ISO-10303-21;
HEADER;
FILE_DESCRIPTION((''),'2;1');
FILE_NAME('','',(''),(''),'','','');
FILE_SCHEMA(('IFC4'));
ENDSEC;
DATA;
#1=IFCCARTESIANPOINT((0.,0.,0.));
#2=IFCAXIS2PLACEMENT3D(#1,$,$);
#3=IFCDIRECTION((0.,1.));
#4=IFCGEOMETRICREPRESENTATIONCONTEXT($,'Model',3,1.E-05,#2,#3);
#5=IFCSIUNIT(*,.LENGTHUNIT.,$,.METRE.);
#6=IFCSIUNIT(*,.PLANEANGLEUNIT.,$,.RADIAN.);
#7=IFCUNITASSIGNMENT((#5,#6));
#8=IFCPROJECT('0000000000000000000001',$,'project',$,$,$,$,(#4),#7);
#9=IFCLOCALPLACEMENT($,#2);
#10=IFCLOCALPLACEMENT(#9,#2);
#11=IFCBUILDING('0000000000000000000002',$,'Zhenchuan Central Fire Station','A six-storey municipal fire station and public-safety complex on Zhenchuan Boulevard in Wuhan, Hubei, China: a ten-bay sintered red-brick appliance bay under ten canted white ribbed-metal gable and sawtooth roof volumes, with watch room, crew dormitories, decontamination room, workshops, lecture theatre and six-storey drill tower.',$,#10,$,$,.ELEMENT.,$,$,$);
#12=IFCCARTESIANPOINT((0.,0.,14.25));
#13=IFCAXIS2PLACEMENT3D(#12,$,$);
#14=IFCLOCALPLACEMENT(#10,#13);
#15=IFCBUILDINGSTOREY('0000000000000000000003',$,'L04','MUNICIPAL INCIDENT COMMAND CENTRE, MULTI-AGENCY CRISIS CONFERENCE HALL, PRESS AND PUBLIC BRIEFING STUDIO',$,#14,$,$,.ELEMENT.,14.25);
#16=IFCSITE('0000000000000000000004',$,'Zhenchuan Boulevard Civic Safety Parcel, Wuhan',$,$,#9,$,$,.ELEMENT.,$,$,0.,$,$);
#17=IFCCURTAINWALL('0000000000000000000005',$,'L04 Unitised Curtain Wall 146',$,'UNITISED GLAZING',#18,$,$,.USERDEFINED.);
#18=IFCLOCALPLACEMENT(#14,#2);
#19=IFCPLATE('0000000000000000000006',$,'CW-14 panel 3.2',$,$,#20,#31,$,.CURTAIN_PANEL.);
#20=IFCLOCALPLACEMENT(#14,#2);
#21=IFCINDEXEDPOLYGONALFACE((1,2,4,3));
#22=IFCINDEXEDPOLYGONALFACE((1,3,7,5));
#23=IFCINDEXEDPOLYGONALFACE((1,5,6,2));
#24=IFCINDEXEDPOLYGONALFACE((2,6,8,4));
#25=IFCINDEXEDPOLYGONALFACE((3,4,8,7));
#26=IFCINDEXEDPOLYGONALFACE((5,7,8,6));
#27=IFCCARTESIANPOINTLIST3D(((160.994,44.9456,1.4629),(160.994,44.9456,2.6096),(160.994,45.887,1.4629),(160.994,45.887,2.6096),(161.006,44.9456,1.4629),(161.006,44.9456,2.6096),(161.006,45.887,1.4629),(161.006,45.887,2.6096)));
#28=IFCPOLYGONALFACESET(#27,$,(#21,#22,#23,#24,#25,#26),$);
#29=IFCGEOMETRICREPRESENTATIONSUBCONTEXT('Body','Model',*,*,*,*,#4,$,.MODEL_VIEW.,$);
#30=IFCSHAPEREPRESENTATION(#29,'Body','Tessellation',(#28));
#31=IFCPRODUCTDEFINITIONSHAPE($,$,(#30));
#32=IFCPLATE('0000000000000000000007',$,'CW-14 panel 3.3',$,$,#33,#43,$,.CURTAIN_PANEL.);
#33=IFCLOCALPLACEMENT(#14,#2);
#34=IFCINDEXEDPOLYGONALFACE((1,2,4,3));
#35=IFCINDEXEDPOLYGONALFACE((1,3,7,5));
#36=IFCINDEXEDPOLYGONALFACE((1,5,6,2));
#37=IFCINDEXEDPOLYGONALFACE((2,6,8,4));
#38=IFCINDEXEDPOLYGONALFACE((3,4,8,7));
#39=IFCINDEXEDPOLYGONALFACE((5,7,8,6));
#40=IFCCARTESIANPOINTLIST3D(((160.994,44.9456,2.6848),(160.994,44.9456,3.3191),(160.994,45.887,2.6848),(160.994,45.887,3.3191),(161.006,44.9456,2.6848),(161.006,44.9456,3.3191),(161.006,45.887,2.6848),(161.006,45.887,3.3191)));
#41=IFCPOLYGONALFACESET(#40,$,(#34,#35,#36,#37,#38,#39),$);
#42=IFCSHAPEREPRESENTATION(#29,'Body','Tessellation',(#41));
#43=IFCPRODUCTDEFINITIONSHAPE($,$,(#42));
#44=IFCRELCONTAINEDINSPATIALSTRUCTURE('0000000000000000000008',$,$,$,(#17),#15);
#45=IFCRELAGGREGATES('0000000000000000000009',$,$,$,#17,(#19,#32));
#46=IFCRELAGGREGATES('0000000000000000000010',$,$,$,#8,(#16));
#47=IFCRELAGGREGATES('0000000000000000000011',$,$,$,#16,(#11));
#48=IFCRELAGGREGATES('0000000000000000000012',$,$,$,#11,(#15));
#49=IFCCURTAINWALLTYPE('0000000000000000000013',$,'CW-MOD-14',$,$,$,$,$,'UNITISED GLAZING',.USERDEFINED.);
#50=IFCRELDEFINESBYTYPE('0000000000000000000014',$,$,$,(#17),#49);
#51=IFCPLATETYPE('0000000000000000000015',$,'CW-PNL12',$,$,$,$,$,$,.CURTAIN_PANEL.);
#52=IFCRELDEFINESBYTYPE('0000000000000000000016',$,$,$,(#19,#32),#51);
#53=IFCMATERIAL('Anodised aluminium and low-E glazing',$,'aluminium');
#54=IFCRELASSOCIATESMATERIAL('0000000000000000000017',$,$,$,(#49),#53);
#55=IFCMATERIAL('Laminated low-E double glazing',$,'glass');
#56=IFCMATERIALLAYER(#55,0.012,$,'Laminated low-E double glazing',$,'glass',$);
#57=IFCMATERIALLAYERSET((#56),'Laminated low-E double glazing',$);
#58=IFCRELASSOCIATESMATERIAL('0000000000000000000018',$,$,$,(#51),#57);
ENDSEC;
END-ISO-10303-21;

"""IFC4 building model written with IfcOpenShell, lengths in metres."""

from ifc_helpers import new_model, si_unit, direction, frame, origin, origin_2d, place, context, subcontext, project, spatial, rectangle, extrude, material, layer, layer_set, type_object, element, aggregate, save


model = new_model("IFC4")

# Units and contexts
model_context = context("Model", 3, precision=1e-05, world=origin(), true_north=direction((0.0, 1.0)))
body_context = subcontext(model_context, "Body", "Model", "MODEL_VIEW")
ifc_project = project(units=[si_unit("LENGTHUNIT", "METRE"), si_unit("PLANEANGLEUNIT", "RADIAN")], contexts=[model_context])

# Site, building, storey
site_placement = place(None, origin())
site = spatial("IfcSite", under=ifc_project, at=site_placement, Name="Zhenchuan Boulevard Civic Safety Parcel, Wuhan", CompositionType="ELEMENT", RefElevation=0.0)
building_placement = place(site_placement, origin())
building = spatial("IfcBuilding", under=site, at=building_placement, Name="Zhenchuan Central Fire Station", Description="A six-storey municipal fire station and public-safety complex on Zhenchuan Boulevard in Wuhan, Hubei, China: a ten-bay sintered red-brick appliance bay under ten canted white ribbed-metal gable and sawtooth roof volumes, with watch room, crew dormitories, decontamination room, workshops, lecture theatre and six-storey drill tower.", CompositionType="ELEMENT")
storey_placement = place(building_placement, frame((0.0, 0.0, 14.25)))
storey = spatial("IfcBuildingStorey", under=building, at=storey_placement, Name="L04", Description="MUNICIPAL INCIDENT COMMAND CENTRE, MULTI-AGENCY CRISIS CONFERENCE HALL, PRESS AND PUBLIC BRIEFING STUDIO", CompositionType="ELEMENT", Elevation=14.25)

# Curtain wall
ifc_material_1 = material(Name="Anodised aluminium and low-E glazing", Category="aluminium")
curtain_wall_type_1 = type_object("IfcCurtainWallType", Name="CW-MOD-14", ElementType="UNITISED GLAZING", PredefinedType="USERDEFINED", material=ifc_material_1)
curtain_wall_1_placement = place(storey_placement, origin())
curtain_wall_1 = element("IfcCurtainWall", 1, at=curtain_wall_1_placement, inside=storey, type_object=curtain_wall_type_1, Name="L04 Unitised Curtain Wall 146", ObjectType="UNITISED GLAZING", PredefinedType="USERDEFINED")

# Plates
ifc_material_2 = material(Name="Laminated low-E double glazing", Category="glass")
ifc_layer = layer(ifc_material_2, 0.012, Name="Laminated low-E double glazing", Category="glass")
ifc_layer_set = layer_set([ifc_layer], Name="Laminated low-E double glazing")
plate_type = type_object("IfcPlateType", Name="CW-PNL12", PredefinedType="CURTAIN_PANEL", material=ifc_layer_set)
plate_1_placement = place(storey_placement, frame((161.0, 45.4163, 1.4629), z_axis=(0.0, 0.0, 1.0), x_axis=(0.0, 1.0, 0.0)))
plate_1 = element("IfcPlate", 2, at=plate_1_placement, type_object=plate_type, Name="CW-14 panel 3.2", PredefinedType="CURTAIN_PANEL", context=body_context, shape_type="SweptSolid", body=[
    extrude(rectangle(XDim=0.9414, YDim=0.012, at=origin_2d()), origin(), (0.0, 0.0, 1.0), 1.1467),
])
plate_2_placement = place(storey_placement, frame((161.0, 45.4163, 2.6848), z_axis=(0.0, 0.0, 1.0), x_axis=(0.0, 1.0, 0.0)))
plate_2 = element("IfcPlate", 3, at=plate_2_placement, type_object=plate_type, Name="CW-14 panel 3.3", PredefinedType="CURTAIN_PANEL", context=body_context, shape_type="SweptSolid", body=[
    extrude(rectangle(XDim=0.9414, YDim=0.012, at=origin_2d()), origin(), (0.0, 0.0, 1.0), 0.6343),
])
aggregate(curtain_wall_1, [plate_1, plate_2])

save(model, "model.ifc")
